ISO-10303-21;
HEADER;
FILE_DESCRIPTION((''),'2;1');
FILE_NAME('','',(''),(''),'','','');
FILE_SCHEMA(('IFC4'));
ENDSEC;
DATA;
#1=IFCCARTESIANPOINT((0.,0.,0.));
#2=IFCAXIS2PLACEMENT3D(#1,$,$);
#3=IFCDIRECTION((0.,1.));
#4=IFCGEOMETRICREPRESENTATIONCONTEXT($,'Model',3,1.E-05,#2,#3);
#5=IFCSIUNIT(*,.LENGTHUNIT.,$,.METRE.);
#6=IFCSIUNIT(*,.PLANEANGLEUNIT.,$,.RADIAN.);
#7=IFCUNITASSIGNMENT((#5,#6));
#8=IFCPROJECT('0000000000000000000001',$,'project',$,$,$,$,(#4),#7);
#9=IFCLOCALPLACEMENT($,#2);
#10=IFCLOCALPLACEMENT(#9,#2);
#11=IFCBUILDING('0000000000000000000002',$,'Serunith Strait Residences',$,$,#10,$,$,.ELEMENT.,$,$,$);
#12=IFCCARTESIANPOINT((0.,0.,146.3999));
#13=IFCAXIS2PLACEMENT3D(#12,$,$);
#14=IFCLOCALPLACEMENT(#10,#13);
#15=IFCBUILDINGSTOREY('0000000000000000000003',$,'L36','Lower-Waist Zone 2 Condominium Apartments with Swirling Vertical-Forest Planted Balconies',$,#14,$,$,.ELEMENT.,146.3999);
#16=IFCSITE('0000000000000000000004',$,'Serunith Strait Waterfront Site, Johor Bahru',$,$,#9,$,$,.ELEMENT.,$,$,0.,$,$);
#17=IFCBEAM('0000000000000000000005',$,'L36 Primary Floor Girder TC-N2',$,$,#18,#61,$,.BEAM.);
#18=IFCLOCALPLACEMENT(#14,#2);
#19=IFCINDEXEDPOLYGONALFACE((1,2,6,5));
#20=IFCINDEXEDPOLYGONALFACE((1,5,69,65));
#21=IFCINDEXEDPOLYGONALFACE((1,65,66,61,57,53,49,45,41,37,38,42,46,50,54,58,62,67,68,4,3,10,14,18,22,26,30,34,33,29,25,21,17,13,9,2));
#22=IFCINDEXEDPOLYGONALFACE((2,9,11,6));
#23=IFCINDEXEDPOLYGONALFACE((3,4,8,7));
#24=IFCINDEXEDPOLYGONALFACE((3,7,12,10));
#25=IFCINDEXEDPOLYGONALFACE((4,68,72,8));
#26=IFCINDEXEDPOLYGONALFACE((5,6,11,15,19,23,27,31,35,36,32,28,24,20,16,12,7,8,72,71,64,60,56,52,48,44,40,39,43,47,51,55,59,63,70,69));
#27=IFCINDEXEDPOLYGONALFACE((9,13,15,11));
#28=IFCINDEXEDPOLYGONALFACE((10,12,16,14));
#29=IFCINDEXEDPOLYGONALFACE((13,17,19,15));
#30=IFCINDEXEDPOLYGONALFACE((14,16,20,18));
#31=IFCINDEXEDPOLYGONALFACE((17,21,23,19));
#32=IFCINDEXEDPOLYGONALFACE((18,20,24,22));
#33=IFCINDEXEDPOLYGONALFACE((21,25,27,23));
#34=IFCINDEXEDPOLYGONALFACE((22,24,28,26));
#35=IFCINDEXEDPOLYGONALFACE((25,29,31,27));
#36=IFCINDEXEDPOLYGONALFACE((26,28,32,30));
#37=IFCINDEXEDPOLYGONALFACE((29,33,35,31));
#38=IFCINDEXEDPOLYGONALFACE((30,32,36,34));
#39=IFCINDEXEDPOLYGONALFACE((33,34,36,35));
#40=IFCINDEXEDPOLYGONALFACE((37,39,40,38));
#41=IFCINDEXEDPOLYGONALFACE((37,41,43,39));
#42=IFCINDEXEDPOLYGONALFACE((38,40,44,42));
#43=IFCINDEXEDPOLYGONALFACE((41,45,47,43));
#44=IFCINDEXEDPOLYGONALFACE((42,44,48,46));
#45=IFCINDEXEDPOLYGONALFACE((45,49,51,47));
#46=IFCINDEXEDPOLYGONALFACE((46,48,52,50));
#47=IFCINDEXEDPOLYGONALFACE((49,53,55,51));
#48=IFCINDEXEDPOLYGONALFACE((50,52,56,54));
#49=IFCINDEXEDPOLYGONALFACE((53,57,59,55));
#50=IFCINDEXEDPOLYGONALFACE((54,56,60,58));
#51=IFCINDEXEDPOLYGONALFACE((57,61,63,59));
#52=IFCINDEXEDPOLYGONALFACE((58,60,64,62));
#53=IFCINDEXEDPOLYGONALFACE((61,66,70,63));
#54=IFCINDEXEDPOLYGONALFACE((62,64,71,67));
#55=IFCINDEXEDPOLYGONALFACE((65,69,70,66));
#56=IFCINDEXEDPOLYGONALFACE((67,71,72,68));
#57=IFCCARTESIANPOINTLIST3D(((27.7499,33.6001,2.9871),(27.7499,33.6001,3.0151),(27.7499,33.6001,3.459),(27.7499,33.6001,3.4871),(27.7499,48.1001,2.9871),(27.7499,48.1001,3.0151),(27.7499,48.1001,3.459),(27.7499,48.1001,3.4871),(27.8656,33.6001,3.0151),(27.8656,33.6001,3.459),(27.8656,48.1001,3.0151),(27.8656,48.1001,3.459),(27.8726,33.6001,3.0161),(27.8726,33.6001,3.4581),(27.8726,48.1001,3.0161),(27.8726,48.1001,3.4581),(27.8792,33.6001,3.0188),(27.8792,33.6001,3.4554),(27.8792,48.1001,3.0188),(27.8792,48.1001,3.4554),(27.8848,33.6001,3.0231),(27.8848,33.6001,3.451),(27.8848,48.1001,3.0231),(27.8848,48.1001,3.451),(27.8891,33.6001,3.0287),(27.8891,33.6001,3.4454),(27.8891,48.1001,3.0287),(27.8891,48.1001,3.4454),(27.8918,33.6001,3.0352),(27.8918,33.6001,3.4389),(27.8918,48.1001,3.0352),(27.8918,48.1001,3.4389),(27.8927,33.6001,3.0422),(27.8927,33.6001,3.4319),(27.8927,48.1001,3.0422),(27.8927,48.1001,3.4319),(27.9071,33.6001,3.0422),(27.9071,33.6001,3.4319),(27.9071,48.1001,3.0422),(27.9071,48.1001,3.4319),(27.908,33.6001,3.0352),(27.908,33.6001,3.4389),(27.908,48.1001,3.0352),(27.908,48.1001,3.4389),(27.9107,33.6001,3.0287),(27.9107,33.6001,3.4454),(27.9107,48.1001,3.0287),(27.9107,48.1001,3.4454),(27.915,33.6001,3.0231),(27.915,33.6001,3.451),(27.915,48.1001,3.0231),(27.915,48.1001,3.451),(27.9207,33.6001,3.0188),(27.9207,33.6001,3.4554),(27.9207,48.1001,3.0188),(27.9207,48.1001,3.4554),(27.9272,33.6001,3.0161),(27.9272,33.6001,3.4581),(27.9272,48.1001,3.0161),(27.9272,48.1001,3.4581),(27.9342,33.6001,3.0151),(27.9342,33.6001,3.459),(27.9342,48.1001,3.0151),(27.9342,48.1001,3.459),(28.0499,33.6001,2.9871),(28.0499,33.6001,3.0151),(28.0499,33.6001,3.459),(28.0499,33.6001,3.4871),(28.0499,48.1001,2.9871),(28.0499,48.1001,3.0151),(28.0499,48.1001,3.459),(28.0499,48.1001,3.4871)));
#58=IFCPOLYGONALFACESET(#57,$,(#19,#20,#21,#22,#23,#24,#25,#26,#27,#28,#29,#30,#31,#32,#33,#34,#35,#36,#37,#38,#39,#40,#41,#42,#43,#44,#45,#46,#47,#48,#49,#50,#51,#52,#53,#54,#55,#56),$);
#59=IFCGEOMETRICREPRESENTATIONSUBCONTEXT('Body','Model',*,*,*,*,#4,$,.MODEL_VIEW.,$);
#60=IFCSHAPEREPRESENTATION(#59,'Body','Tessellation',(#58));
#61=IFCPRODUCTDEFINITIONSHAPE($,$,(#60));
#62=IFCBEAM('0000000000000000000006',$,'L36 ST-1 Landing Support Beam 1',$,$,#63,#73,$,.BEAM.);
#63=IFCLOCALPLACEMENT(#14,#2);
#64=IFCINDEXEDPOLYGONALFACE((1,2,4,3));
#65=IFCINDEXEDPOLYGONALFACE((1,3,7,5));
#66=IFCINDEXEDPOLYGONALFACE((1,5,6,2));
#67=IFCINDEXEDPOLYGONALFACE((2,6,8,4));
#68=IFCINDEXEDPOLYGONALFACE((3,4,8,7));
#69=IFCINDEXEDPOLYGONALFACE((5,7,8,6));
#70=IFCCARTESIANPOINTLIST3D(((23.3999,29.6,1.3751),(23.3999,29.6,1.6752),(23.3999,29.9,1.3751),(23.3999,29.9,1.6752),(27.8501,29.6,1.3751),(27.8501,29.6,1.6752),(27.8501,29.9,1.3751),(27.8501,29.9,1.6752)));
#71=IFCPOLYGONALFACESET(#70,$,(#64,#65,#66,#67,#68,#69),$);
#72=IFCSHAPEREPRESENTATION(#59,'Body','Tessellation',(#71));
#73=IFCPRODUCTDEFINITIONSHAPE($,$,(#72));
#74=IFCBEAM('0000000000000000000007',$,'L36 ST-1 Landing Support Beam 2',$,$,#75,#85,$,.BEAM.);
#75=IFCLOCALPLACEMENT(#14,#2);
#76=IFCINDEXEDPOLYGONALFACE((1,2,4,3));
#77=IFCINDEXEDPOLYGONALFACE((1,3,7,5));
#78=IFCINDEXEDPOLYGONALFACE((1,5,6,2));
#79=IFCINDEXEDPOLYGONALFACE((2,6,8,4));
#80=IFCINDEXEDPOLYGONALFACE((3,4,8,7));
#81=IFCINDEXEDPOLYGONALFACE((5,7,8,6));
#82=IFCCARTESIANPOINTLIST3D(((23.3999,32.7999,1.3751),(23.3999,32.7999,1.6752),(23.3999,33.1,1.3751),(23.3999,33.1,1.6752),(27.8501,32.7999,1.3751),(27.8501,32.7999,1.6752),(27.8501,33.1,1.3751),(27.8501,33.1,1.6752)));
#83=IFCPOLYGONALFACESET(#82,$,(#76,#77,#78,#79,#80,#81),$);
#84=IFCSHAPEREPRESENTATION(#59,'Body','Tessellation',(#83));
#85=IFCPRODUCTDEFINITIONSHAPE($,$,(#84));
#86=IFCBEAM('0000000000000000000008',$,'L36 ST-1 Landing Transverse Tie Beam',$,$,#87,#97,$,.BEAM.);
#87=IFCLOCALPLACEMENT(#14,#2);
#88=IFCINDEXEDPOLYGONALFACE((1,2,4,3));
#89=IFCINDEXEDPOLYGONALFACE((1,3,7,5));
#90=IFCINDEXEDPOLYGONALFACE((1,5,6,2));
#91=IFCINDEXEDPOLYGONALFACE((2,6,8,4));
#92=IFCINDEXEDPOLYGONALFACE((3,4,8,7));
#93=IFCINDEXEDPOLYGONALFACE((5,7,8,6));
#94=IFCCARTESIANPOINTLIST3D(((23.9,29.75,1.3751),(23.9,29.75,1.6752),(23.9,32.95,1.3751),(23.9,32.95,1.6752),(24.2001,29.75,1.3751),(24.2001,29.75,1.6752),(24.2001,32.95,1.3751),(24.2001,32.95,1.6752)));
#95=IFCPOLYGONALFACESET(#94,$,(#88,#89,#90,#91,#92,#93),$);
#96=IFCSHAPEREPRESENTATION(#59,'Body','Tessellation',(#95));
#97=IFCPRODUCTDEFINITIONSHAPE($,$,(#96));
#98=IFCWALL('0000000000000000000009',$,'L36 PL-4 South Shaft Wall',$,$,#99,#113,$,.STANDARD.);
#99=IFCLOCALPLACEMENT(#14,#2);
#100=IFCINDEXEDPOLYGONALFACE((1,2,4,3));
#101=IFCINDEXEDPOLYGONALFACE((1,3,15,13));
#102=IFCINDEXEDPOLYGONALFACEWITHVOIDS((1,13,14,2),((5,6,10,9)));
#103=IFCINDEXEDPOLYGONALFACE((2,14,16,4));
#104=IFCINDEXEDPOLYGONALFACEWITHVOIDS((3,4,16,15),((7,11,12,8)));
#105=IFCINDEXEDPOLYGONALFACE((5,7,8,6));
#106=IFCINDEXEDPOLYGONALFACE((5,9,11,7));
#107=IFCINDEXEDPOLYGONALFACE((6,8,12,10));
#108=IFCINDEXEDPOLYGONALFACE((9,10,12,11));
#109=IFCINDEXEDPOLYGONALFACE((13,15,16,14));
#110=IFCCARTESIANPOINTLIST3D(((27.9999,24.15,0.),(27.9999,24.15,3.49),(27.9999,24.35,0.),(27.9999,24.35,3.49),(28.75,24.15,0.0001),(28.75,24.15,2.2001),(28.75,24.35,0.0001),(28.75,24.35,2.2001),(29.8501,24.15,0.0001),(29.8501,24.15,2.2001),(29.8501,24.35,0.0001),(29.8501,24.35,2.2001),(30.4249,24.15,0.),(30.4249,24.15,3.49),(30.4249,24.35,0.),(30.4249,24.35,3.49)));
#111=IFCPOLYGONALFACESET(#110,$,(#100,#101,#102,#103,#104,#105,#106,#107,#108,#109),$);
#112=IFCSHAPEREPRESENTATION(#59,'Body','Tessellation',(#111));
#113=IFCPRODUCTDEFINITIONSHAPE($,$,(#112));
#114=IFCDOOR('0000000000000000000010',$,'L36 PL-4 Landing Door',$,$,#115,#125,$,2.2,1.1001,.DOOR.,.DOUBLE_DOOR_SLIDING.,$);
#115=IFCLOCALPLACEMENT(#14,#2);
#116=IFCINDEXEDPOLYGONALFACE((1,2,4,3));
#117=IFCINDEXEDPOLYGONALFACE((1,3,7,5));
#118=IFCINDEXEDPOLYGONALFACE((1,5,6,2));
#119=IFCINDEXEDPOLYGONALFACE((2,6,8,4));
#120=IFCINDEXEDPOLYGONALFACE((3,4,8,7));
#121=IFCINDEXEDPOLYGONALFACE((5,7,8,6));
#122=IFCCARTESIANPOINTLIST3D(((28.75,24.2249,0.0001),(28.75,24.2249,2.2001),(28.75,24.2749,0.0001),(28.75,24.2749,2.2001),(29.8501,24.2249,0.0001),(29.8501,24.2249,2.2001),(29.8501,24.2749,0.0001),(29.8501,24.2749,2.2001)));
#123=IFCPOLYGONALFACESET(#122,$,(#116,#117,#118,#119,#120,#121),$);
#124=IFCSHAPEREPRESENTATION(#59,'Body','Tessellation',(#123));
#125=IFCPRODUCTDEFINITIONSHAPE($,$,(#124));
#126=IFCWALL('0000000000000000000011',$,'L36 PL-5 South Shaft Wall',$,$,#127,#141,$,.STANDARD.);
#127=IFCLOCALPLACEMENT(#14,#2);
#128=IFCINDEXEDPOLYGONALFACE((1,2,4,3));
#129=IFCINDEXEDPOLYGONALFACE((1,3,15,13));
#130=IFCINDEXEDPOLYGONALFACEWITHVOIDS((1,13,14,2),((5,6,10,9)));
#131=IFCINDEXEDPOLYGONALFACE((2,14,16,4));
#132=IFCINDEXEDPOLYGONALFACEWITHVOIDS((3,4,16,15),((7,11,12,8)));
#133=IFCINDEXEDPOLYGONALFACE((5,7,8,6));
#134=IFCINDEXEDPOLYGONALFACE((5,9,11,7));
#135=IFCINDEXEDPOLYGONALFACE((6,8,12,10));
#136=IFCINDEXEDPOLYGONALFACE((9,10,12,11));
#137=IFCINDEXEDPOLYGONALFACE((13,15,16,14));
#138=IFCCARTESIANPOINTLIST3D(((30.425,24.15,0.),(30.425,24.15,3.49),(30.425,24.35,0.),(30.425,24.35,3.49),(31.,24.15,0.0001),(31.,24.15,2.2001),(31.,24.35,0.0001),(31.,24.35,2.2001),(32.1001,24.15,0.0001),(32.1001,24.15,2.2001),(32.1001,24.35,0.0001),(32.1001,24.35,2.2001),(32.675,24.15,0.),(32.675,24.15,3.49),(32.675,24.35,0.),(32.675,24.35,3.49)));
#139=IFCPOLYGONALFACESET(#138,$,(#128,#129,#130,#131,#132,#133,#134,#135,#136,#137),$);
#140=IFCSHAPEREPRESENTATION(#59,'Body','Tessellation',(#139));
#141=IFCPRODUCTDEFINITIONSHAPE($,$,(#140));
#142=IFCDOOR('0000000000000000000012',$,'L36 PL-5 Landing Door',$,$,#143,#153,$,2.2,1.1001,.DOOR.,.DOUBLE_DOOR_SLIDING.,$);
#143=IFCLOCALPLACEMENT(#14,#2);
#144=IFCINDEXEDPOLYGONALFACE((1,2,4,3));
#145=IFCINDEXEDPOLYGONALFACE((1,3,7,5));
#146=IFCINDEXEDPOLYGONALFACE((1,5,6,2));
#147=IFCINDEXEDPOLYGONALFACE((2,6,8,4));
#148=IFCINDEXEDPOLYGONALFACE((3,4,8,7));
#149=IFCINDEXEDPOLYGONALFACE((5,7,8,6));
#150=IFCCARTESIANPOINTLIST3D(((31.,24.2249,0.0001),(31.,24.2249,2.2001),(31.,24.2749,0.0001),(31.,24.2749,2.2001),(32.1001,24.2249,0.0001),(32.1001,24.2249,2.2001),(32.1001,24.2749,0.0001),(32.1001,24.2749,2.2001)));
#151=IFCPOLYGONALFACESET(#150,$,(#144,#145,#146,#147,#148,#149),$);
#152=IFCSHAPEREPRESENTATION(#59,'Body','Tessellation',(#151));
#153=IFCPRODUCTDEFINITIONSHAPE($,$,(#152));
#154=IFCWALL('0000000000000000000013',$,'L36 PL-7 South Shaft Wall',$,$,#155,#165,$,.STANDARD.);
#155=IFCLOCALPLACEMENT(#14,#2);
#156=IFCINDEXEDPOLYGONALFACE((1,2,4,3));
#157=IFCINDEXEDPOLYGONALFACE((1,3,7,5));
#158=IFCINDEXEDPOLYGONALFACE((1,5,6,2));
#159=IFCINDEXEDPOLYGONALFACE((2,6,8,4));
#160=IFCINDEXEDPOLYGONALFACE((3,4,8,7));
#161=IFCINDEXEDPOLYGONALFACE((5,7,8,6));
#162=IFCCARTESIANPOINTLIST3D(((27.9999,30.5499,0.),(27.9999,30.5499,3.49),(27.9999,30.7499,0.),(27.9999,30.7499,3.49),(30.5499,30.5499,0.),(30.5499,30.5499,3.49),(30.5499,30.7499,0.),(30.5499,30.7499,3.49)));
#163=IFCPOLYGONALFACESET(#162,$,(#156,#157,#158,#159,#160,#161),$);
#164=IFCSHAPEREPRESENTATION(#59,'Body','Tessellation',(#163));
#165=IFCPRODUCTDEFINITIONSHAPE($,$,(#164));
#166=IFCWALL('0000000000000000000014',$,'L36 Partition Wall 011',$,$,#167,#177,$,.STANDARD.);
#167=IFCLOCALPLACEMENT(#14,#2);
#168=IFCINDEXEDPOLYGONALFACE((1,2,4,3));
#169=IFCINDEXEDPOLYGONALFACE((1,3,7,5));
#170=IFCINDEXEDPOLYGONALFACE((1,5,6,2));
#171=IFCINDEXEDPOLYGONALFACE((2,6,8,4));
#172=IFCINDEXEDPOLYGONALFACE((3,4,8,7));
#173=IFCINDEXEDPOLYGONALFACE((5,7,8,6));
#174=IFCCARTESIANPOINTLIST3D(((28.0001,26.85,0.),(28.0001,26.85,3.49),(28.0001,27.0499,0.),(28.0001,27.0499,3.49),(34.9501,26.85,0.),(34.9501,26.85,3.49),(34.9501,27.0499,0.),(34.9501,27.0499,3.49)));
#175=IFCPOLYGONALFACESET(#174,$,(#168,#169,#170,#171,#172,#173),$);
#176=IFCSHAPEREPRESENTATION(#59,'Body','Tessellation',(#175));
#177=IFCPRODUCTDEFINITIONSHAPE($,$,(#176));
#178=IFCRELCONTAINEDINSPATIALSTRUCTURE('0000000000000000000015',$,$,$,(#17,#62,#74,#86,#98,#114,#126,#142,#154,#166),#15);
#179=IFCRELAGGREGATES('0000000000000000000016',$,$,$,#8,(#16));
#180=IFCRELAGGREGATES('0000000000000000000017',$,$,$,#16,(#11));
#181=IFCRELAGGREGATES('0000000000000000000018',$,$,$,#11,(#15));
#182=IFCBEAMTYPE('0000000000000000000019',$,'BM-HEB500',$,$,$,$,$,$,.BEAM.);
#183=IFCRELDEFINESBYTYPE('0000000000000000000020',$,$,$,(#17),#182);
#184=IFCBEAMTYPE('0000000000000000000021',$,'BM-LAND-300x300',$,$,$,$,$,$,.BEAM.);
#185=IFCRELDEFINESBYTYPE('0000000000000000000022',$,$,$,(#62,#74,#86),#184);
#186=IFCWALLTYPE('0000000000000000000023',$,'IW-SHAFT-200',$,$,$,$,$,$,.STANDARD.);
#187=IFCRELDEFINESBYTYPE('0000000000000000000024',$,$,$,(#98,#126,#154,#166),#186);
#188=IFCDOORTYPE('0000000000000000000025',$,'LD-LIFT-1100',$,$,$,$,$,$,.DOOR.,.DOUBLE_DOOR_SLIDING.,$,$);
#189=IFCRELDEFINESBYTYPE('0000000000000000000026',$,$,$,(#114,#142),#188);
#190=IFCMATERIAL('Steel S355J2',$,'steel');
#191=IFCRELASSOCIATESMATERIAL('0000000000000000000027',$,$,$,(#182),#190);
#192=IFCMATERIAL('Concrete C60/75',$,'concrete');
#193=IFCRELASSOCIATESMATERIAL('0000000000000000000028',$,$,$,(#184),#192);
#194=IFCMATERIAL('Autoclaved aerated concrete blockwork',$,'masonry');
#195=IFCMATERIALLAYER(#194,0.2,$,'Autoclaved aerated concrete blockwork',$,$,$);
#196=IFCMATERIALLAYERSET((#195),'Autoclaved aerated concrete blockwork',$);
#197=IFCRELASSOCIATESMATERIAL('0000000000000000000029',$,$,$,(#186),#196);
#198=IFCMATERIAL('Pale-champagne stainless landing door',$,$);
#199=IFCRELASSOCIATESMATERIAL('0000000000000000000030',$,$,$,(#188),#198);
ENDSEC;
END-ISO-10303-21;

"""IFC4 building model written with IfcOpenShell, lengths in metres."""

from ifc_helpers import new_model, si_unit, direction, frame, frame_2d, origin, origin_2d, place, context, subcontext, project, spatial, rectangle, i_section, extrude, source, transform, mapped, material, layer, layer_set, material_profile, profile_set, type_object, element, fill, save


model = new_model("IFC4")

# Units and contexts
model_context = context("Model", 3, precision=1e-05, world=origin(), true_north=direction((0.0, 1.0)))
body_context = subcontext(model_context, "Body", "Model", "MODEL_VIEW")
ifc_project = project(units=[si_unit("LENGTHUNIT", "METRE"), si_unit("PLANEANGLEUNIT", "RADIAN")], contexts=[model_context])

# Site, building, storey
site_placement = place(None, origin())
site = spatial("IfcSite", under=ifc_project, at=site_placement, Name="Serunith Strait Waterfront Site, Johor Bahru", CompositionType="ELEMENT", RefElevation=0.0)
building_placement = place(site_placement, origin())
building = spatial("IfcBuilding", under=site, at=building_placement, Name="Serunith Strait Residences", CompositionType="ELEMENT")
storey_placement = place(building_placement, frame((0.0, 0.0, 146.3999)))
storey = spatial("IfcBuildingStorey", under=building, at=storey_placement, Name="L36", Description="Lower-Waist Zone 2 Condominium Apartments with Swirling Vertical-Forest Planted Balconies", CompositionType="ELEMENT", Elevation=146.3999)

# Beams
ifc_material_1 = material(Name="Steel S355J2", Category="steel")
ifc_material_profile_1 = material_profile(ifc_material_1, i_section(OverallWidth=0.3, OverallDepth=0.5, WebThickness=0.0144, FlangeThickness=0.0281, FilletRadius=0.0271, at=origin_2d()), Name="HEB 500")
ifc_profile_set_1 = profile_set([ifc_material_profile_1], Name="Steel S355J2")
beam_type_1 = type_object("IfcBeamType", Name="BM-HEB500", PredefinedType="BEAM", material=ifc_profile_set_1)
shared_shape_1 = source(origin(), body_context, "Body", "SweptSolid", [
    extrude(i_section(OverallWidth=0.3, OverallDepth=0.5, WebThickness=0.0144, FlangeThickness=0.0281, FilletRadius=0.0271, at=origin_2d()), origin(), (0.0, 0.0, 1.0), 14.5),
])
beam_1_placement = place(storey_placement, frame((27.8999, 33.6001, 3.2371), z_axis=(0.0, 1.0, 0.0), x_axis=(-1.0, 0.0, 0.0)))
element("IfcBeam", 1, at=beam_1_placement, inside=storey, type_object=beam_type_1, Name="L36 Primary Floor Girder TC-N2", PredefinedType="BEAM", context=body_context, shape_type="MappedRepresentation", body=[
    mapped(shared_shape_1, transform((0.0, 0.0, 0.0), scale=1.0)),
])
ifc_material_2 = material(Name="Concrete C60/75", Category="concrete")
ifc_material_profile_2 = material_profile(ifc_material_2, rectangle(XDim=0.3, YDim=0.3, at=origin_2d()), Name="RC 300x300")
ifc_profile_set_2 = profile_set([ifc_material_profile_2], Name="Concrete C60/75")
beam_type_2 = type_object("IfcBeamType", Name="BM-LAND-300x300", PredefinedType="BEAM", material=ifc_profile_set_2)
shared_shape_2 = source(origin(), body_context, "Body", "SweptSolid", [
    extrude(rectangle(XDim=0.3, YDim=0.3, at=origin_2d()), origin(), (0.0, 0.0, 1.0), 4.4502),
])
for number, where, z_axis, x_axis, name in (
    (2, (23.3999, 29.75, 1.5251), (1.0, 0.0, 0.0), (0.0, 1.0, 0.0), "L36 ST-1 Landing Support Beam 1"),
    (3, (23.3999, 32.95, 1.5251), (1.0, 0.0, 0.0), (0.0, 1.0, 0.0), "L36 ST-1 Landing Support Beam 2"),
):
    element("IfcBeam", number, at=place(storey_placement, frame(where, z_axis=z_axis, x_axis=x_axis)), inside=storey, type_object=beam_type_2, Name=name, PredefinedType="BEAM", context=body_context, shape_type="MappedRepresentation", body=[
        mapped(shared_shape_2, transform((0.0, 0.0, 0.0), scale=1.0)),
    ])
shared_shape_3 = source(origin(), body_context, "Body", "SweptSolid", [
    extrude(rectangle(XDim=0.3, YDim=0.3, at=origin_2d()), origin(), (0.0, 0.0, 1.0), 3.2),
])
beam_2_placement = place(storey_placement, frame((24.05, 29.75, 1.5251), z_axis=(0.0, 1.0, 0.0), x_axis=(-1.0, 0.0, 0.0)))
element("IfcBeam", 4, at=beam_2_placement, inside=storey, type_object=beam_type_2, Name="L36 ST-1 Landing Transverse Tie Beam", PredefinedType="BEAM", context=body_context, shape_type="MappedRepresentation", body=[
    mapped(shared_shape_3, transform((0.0, 0.0, 0.0), scale=1.0)),
])

# Walls, openings, doors
ifc_material_3 = material(Name="Autoclaved aerated concrete blockwork", Category="masonry")
ifc_layer_1 = layer(ifc_material_3, 0.2, Name="Autoclaved aerated concrete blockwork")
ifc_layer_set_1 = layer_set([ifc_layer_1], Name="Autoclaved aerated concrete blockwork")
wall_type_1 = type_object("IfcWallType", Name="IW-SHAFT-200", PredefinedType="STANDARD", material=ifc_layer_set_1)
wall_1_placement = place(storey_placement, frame((28.0, 24.25, 0.0), z_axis=(0.0, 0.0, 1.0), x_axis=(1.0, 0.0, 0.0)))
wall_1 = element("IfcWall", 5, at=wall_1_placement, inside=storey, type_object=wall_type_1, Name="L36 PL-4 South Shaft Wall", PredefinedType="STANDARD", context=body_context, shape_type="SweptSolid", body=[
    extrude(rectangle(XDim=2.425, YDim=0.2, at=frame_2d((1.2124, 0.0))), origin(), (0.0, 0.0, 1.0), 3.49),
])
opening_1_placement = place(wall_1_placement, frame((0.75, 0.0, 0.0)))
opening_1 = element("IfcOpeningElement", 6, at=opening_1_placement, cuts=wall_1, PredefinedType="OPENING", context=body_context, shape_type="SweptSolid", body=[
    extrude(rectangle(XDim=1.1001, YDim=2.2, at=frame_2d((0.55, 1.1001))), frame((0.0, 0.1099, 0.0), z_axis=(0.0, -1.0, 0.0), x_axis=(1.0, 0.0, 0.0)), (0.0, 0.0, 1.0), 0.22),
])
ifc_material_4 = material(Name="Pale-champagne stainless landing door")
door_type = type_object("IfcDoorType", Name="LD-LIFT-1100", OperationType="DOUBLE_DOOR_SLIDING", PredefinedType="DOOR", material=ifc_material_4)
shared_shape_4 = source(origin(), body_context, "Body", "SweptSolid", [
    extrude(rectangle(XDim=1.1001, YDim=2.2, at=frame_2d((0.55, 1.1001))), frame((0.0, 0.0249, 0.0), z_axis=(0.0, -1.0, 0.0), x_axis=(1.0, 0.0, 0.0)), (0.0, 0.0, 1.0), 0.05),
])
door_1_placement = place(opening_1_placement, origin())
door_1 = element("IfcDoor", 7, at=door_1_placement, inside=storey, type_object=door_type, Name="L36 PL-4 Landing Door", OperationType="DOUBLE_DOOR_SLIDING", OverallHeight=2.2, OverallWidth=1.1001, PredefinedType="DOOR", context=body_context, shape_type="MappedRepresentation", body=[
    mapped(shared_shape_4, transform((0.0, 0.0, 0.0), scale=1.0)),
])
fill(opening_1, door_1)
wall_2_placement = place(storey_placement, frame((30.425, 24.25, 0.0), z_axis=(0.0, 0.0, 1.0), x_axis=(1.0, 0.0, 0.0)))
wall_2 = element("IfcWall", 8, at=wall_2_placement, inside=storey, type_object=wall_type_1, Name="L36 PL-5 South Shaft Wall", PredefinedType="STANDARD", context=body_context, shape_type="SweptSolid", body=[
    extrude(rectangle(XDim=2.25, YDim=0.2, at=frame_2d((1.125, 0.0))), origin(), (0.0, 0.0, 1.0), 3.49),
])
opening_2_placement = place(wall_2_placement, frame((0.575, 0.0, 0.0)))
opening_2 = element("IfcOpeningElement", 9, at=opening_2_placement, cuts=wall_2, PredefinedType="OPENING", context=body_context, shape_type="SweptSolid", body=[
    extrude(rectangle(XDim=1.1001, YDim=2.2, at=frame_2d((0.55, 1.1001))), frame((0.0, 0.1099, 0.0), z_axis=(0.0, -1.0, 0.0), x_axis=(1.0, 0.0, 0.0)), (0.0, 0.0, 1.0), 0.22),
])
door_2_placement = place(opening_2_placement, origin())
door_2 = element("IfcDoor", 10, at=door_2_placement, inside=storey, type_object=door_type, Name="L36 PL-5 Landing Door", OperationType="DOUBLE_DOOR_SLIDING", OverallHeight=2.2, OverallWidth=1.1001, PredefinedType="DOOR", context=body_context, shape_type="MappedRepresentation", body=[
    mapped(shared_shape_4, transform((0.0, 0.0, 0.0), scale=1.0)),
])
fill(opening_2, door_2)

# Walls
wall_3_placement = place(storey_placement, frame((28.0, 30.6499, 0.0), z_axis=(0.0, 0.0, 1.0), x_axis=(1.0, 0.0, 0.0)))
element("IfcWall", 11, at=wall_3_placement, inside=storey, type_object=wall_type_1, Name="L36 PL-7 South Shaft Wall", PredefinedType="STANDARD", context=body_context, shape_type="SweptSolid", body=[
    extrude(rectangle(XDim=2.55, YDim=0.2, at=frame_2d((1.2749, 0.0))), origin(), (0.0, 0.0, 1.0), 3.49),
])
wall_4_placement = place(storey_placement, frame((28.0, 26.95, 0.0), z_axis=(0.0, 0.0, 1.0), x_axis=(1.0, 0.0, 0.0)))
element("IfcWall", 12, at=wall_4_placement, inside=storey, type_object=wall_type_1, Name="L36 Partition Wall 011", PredefinedType="STANDARD", context=body_context, shape_type="SweptSolid", body=[
    extrude(rectangle(XDim=6.95, YDim=0.2, at=frame_2d((3.4751, 0.0))), origin(), (0.0, 0.0, 1.0), 3.49),
])

save(model, "model.ifc")
